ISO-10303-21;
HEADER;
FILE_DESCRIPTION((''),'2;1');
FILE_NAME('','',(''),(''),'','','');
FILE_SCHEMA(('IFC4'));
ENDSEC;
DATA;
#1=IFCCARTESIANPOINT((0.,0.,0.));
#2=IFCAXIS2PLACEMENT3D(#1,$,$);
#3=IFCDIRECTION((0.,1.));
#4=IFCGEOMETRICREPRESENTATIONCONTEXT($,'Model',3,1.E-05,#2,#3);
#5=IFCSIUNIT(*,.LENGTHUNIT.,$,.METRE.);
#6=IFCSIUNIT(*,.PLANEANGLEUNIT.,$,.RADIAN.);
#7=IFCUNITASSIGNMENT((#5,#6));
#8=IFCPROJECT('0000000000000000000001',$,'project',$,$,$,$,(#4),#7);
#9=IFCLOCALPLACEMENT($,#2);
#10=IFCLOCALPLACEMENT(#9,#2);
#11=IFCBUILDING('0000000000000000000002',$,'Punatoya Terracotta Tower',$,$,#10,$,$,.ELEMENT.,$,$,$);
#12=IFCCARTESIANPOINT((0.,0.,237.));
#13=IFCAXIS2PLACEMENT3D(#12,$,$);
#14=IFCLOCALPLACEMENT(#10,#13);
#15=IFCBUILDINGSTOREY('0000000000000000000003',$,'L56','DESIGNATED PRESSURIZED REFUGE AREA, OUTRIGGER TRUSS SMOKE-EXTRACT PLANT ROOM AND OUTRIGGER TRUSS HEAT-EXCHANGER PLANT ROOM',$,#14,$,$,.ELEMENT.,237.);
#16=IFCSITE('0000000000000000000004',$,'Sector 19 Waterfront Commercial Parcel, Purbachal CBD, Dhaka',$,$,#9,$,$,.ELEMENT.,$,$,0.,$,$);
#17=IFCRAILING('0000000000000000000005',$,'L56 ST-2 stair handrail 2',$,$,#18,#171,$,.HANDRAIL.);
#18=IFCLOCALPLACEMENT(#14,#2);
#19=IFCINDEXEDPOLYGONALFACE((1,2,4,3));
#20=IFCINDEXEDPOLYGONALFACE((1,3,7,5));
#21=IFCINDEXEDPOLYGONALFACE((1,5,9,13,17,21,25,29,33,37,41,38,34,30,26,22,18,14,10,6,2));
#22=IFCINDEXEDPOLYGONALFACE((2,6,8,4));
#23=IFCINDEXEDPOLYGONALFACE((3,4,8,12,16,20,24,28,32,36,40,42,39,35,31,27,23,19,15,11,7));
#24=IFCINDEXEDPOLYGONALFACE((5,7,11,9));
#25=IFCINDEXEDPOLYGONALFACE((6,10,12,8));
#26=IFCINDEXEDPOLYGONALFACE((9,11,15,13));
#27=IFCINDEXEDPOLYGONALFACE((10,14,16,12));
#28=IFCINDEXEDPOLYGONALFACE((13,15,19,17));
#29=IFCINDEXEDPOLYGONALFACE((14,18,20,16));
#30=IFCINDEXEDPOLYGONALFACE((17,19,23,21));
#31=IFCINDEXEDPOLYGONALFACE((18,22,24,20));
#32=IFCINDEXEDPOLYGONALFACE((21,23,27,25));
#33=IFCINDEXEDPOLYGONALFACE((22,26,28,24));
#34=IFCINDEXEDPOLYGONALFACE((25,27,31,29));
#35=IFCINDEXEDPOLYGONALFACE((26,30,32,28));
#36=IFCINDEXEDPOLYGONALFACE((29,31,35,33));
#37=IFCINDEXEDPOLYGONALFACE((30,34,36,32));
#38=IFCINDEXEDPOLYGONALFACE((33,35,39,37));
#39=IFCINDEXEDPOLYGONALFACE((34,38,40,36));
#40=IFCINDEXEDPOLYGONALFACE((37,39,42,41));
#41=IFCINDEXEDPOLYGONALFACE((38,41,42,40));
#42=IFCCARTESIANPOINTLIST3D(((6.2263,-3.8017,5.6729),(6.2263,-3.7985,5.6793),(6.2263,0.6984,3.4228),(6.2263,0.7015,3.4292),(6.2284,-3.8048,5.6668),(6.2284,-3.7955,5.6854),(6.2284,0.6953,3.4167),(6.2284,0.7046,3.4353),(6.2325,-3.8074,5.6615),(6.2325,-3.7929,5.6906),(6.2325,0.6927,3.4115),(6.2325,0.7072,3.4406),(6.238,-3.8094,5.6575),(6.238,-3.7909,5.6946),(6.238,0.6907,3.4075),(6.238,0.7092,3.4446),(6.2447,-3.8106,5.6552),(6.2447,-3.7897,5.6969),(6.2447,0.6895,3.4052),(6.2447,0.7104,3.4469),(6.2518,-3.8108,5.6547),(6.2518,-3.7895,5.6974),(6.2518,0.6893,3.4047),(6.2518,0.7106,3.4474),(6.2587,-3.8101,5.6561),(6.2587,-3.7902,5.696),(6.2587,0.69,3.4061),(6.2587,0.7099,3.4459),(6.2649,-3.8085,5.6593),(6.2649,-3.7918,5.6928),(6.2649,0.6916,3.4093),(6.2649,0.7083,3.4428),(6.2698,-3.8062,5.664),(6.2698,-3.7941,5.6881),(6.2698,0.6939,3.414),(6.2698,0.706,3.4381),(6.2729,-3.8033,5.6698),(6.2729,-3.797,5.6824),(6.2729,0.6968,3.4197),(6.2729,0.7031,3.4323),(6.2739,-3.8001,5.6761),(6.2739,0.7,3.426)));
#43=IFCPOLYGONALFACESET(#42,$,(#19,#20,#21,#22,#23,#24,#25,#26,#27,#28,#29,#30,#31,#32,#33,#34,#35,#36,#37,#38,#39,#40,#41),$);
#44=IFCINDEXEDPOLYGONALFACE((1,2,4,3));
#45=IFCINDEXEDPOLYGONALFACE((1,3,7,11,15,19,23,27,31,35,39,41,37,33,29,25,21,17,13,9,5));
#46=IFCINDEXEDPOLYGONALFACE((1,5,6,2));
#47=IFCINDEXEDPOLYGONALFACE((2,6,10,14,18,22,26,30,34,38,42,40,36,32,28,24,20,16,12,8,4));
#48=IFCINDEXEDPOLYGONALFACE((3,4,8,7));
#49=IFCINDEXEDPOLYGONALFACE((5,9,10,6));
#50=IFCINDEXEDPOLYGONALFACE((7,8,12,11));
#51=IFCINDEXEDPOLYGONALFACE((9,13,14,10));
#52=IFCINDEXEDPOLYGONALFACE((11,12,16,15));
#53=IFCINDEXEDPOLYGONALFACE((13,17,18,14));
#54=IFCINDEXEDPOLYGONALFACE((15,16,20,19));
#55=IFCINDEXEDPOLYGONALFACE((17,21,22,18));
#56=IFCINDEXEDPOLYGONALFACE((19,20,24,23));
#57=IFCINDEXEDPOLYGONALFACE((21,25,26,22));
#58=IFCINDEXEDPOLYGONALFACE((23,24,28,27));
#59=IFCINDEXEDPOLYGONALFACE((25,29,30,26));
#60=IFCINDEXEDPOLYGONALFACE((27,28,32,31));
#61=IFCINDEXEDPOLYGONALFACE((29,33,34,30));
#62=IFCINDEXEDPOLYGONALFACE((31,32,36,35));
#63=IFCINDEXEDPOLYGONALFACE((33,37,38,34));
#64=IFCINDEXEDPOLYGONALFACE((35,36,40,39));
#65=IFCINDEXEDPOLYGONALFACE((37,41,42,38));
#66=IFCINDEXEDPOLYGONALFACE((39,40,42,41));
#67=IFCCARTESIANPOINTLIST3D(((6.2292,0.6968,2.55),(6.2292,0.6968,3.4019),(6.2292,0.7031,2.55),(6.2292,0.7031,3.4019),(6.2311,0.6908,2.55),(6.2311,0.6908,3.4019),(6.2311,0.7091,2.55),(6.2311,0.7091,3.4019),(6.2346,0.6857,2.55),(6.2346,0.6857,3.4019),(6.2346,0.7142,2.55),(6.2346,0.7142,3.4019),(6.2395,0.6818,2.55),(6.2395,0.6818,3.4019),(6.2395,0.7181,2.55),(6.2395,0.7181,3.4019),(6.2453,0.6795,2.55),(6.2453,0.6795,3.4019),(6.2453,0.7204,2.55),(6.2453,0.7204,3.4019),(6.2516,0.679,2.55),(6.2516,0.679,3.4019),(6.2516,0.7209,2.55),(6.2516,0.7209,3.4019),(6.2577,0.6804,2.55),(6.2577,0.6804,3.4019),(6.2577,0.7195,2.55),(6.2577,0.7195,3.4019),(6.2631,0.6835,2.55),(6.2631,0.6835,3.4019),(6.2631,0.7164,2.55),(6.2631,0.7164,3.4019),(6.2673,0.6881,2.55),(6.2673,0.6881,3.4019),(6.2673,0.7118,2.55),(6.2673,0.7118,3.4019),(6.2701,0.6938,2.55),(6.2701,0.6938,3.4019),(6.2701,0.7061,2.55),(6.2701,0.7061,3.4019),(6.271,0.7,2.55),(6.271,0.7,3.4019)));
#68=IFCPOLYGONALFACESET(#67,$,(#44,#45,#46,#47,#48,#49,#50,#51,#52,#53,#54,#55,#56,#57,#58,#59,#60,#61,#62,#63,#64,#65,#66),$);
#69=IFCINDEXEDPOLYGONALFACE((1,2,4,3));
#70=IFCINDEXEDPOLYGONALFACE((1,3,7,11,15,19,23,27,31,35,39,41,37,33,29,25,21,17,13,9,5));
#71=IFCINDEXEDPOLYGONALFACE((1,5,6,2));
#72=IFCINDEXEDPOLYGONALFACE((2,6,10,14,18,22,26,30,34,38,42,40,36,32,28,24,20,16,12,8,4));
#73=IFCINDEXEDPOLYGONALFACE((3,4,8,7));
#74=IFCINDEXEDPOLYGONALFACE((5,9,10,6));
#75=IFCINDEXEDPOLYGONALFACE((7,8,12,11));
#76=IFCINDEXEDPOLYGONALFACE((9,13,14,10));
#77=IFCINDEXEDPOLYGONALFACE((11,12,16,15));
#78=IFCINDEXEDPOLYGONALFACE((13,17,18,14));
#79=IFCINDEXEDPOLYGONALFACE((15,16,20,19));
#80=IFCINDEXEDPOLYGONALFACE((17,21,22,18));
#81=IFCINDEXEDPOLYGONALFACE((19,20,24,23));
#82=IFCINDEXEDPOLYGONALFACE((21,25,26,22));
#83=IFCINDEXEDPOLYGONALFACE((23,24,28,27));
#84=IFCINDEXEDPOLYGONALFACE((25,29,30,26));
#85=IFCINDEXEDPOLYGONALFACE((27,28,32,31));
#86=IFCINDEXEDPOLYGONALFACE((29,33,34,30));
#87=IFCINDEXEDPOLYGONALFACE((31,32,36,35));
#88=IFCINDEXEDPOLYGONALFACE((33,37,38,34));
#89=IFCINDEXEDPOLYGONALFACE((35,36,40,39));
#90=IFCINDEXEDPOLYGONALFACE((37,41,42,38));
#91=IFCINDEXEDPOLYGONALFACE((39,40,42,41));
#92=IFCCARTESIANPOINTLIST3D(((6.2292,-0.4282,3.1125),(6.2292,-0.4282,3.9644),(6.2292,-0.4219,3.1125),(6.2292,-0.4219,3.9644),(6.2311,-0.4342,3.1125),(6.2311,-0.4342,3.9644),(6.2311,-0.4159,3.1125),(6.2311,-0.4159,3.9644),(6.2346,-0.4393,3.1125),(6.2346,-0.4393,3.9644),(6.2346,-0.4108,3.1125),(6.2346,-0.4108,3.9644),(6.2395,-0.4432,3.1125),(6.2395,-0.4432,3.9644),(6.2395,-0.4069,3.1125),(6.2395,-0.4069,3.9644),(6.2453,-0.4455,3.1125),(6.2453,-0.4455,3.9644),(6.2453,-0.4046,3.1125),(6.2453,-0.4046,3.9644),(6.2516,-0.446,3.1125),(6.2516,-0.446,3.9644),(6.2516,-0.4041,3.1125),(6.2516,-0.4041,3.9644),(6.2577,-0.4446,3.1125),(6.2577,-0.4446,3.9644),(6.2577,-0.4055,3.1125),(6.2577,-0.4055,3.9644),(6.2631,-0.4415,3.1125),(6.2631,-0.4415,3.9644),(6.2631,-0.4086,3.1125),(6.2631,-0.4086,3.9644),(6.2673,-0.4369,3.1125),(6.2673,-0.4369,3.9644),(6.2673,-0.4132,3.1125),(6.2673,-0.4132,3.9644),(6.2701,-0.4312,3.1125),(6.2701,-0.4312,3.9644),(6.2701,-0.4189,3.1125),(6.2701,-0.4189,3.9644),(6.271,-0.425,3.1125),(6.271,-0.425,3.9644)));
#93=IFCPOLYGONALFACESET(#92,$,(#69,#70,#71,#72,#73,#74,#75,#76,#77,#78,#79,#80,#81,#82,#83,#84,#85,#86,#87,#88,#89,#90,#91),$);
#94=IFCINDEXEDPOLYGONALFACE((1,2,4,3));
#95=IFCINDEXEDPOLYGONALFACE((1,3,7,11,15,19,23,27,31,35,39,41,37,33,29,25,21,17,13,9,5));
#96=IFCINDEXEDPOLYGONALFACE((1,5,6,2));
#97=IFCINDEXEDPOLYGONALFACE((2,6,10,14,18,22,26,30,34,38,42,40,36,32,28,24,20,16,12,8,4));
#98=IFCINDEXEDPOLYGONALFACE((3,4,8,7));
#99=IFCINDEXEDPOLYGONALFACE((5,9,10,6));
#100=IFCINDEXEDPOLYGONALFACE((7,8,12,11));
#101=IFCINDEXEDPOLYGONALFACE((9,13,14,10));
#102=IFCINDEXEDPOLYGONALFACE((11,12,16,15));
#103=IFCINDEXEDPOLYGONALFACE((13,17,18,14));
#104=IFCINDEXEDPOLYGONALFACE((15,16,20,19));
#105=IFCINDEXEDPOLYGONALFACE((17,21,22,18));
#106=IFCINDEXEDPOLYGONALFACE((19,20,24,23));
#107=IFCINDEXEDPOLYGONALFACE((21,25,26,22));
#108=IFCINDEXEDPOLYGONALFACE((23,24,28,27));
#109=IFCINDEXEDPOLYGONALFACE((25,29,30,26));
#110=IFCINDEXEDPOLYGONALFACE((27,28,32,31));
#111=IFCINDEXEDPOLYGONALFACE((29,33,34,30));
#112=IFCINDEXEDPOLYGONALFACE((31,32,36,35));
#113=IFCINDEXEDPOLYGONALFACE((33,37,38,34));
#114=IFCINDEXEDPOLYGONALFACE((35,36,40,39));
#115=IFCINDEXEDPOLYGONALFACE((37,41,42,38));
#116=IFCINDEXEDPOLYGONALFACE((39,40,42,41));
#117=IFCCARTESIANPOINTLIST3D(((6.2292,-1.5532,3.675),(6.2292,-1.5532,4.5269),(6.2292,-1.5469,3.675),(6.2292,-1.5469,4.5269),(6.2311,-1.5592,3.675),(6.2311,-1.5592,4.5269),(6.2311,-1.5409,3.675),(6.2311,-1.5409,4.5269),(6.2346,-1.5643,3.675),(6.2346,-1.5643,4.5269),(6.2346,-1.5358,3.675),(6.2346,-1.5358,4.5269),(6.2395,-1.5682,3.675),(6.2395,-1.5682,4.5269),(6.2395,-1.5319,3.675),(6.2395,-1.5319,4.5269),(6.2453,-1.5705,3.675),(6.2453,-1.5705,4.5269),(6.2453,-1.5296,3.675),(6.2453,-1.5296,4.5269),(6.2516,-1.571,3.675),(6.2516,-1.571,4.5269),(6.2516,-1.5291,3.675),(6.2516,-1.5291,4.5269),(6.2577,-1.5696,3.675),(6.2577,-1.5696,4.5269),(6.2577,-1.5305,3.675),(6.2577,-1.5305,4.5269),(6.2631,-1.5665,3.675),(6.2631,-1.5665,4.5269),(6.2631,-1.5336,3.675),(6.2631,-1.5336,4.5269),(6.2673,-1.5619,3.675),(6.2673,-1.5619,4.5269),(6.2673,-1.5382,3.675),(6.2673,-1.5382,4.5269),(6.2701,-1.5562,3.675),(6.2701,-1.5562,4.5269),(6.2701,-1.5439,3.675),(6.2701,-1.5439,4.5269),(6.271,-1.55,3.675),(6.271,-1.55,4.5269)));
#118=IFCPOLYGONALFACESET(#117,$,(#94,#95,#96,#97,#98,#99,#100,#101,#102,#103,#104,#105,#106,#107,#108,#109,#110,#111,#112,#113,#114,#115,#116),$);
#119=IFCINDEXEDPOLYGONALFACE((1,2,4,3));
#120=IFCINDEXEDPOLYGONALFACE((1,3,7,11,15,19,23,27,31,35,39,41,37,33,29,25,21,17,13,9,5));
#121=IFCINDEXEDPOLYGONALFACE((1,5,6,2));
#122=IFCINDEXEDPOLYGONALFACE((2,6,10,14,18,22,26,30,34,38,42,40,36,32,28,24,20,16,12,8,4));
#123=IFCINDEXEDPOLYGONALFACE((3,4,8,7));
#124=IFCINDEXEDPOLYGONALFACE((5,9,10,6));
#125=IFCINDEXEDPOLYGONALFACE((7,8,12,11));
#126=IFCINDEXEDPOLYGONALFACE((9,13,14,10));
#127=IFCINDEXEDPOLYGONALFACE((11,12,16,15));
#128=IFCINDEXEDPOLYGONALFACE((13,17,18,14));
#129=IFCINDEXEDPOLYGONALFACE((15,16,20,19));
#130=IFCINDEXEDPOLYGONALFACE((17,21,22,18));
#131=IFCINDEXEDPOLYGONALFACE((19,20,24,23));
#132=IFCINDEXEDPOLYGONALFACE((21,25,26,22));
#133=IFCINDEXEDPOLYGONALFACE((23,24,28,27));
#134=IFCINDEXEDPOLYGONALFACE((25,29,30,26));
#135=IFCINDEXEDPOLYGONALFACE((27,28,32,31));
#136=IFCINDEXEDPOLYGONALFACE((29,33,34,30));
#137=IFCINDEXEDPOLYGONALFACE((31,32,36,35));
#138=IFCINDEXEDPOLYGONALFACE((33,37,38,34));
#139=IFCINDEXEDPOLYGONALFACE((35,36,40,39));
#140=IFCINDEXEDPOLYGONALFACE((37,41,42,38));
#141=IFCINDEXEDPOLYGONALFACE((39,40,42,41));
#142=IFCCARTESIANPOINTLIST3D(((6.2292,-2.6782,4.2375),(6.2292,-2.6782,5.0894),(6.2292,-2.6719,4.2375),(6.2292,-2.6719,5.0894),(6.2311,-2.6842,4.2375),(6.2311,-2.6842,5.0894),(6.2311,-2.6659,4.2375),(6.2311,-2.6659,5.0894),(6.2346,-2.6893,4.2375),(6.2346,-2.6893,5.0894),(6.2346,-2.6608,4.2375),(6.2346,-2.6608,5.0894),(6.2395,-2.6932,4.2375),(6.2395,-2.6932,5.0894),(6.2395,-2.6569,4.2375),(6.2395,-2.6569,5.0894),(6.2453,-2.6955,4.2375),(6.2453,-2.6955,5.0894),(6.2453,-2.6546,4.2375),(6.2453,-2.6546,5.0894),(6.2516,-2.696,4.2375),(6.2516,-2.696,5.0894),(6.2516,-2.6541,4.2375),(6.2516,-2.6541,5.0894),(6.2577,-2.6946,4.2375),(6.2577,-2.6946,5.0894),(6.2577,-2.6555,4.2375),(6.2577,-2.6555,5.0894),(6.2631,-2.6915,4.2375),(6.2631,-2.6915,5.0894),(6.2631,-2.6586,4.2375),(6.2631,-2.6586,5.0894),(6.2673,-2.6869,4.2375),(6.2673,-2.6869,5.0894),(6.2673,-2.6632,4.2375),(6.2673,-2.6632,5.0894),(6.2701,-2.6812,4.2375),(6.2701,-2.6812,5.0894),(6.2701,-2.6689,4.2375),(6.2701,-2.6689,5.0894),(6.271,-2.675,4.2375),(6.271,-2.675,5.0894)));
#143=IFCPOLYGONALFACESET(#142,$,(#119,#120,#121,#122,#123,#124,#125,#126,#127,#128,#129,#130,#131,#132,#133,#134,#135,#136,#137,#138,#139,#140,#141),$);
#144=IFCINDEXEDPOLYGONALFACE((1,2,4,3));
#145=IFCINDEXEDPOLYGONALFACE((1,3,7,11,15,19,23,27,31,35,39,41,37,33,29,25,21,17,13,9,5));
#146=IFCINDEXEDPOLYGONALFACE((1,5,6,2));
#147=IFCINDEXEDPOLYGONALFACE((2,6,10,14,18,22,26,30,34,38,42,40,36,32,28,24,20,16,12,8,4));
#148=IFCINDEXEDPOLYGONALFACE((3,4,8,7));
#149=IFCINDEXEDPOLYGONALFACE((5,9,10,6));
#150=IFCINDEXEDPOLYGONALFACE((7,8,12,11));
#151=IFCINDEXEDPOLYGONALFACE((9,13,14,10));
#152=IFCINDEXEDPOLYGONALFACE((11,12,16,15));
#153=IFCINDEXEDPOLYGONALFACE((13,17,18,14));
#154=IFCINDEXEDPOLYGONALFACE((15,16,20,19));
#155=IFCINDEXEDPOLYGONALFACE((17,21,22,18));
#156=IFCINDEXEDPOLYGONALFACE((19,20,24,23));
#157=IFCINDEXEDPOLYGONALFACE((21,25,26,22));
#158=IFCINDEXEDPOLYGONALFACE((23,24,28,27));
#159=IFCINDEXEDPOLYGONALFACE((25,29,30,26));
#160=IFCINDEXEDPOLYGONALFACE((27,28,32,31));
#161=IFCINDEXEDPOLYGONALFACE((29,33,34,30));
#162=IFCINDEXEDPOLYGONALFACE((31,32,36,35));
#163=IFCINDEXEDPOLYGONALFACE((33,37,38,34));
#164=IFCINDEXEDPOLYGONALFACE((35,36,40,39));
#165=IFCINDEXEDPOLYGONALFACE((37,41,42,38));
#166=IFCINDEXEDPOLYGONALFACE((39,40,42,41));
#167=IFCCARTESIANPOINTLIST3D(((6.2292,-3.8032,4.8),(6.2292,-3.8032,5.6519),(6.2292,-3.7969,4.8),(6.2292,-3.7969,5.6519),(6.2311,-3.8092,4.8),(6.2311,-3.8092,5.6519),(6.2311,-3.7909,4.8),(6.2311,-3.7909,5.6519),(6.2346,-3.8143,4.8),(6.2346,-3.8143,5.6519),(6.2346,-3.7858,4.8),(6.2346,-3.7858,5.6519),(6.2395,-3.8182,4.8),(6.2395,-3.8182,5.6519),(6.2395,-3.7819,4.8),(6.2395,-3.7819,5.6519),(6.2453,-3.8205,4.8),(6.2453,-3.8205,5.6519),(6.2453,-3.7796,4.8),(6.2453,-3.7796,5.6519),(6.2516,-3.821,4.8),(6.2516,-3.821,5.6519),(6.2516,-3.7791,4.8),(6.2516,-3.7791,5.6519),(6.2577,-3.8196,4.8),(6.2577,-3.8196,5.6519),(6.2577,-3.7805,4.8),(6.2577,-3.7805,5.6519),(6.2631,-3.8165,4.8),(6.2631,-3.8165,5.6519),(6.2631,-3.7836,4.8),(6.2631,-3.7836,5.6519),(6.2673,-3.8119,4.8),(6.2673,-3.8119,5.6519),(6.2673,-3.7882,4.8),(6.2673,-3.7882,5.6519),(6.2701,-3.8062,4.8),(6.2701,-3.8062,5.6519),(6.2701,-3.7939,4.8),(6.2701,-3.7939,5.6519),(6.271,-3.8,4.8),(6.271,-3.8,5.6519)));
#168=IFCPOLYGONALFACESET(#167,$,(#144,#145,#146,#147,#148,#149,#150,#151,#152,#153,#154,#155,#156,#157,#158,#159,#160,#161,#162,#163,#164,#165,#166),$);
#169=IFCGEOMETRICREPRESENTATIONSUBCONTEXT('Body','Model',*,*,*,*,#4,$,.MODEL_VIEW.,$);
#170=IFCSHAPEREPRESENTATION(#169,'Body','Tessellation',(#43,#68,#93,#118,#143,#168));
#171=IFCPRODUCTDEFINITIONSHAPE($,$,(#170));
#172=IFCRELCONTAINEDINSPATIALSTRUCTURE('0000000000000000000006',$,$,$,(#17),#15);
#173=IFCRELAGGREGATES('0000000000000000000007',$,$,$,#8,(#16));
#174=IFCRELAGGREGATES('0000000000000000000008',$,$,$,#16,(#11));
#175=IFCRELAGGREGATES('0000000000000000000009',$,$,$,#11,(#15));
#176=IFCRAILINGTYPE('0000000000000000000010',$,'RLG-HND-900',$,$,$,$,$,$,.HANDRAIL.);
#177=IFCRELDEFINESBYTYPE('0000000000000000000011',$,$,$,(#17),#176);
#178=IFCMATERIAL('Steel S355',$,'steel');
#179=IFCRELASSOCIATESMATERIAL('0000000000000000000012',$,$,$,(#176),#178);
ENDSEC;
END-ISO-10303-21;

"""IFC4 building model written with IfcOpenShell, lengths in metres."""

from ifc_helpers import new_model, si_unit, direction, frame, origin, origin_2d, place, context, subcontext, project, spatial, circle, extrude, material, type_object, element, save


model = new_model("IFC4")

# Units and contexts
model_context = context("Model", 3, precision=1e-05, world=origin(), true_north=direction((0.0, 1.0)))
body_context = subcontext(model_context, "Body", "Model", "MODEL_VIEW")
ifc_project = project(units=[si_unit("LENGTHUNIT", "METRE"), si_unit("PLANEANGLEUNIT", "RADIAN")], contexts=[model_context])

# Site, building, storey
site_placement = place(None, origin())
site = spatial("IfcSite", under=ifc_project, at=site_placement, Name="Sector 19 Waterfront Commercial Parcel, Purbachal CBD, Dhaka", CompositionType="ELEMENT", RefElevation=0.0)
building_placement = place(site_placement, origin())
building = spatial("IfcBuilding", under=site, at=building_placement, Name="Punatoya Terracotta Tower", CompositionType="ELEMENT")
storey_placement = place(building_placement, frame((0.0, 0.0, 237.0)))
storey = spatial("IfcBuildingStorey", under=building, at=storey_placement, Name="L56", Description="DESIGNATED PRESSURIZED REFUGE AREA, OUTRIGGER TRUSS SMOKE-EXTRACT PLANT ROOM AND OUTRIGGER TRUSS HEAT-EXCHANGER PLANT ROOM", CompositionType="ELEMENT", Elevation=237.0)

# Shared definitions
ifc_material_1 = material(Name="Steel S355", Category="steel")

# Railing
railing_type_1 = type_object("IfcRailingType", Name="RLG-HND-900", PredefinedType="HANDRAIL", material=ifc_material_1)
railing_1_placement = place(storey_placement, frame((6.25, 0.7, 2.55)))
element("IfcRailing", 1, at=railing_1_placement, inside=storey, type_object=railing_type_1, Name="L56 ST-2 stair handrail 2", PredefinedType="HANDRAIL", context=body_context, shape_type="SweptSolid", body=[
    extrude(circle(Radius=0.0239, at=origin_2d()), frame((0.0, 0.0, 0.876), z_axis=(0.0, -0.894427, 0.447214), x_axis=(1.0, 0.0, 0.0)), (0.0, 0.0, 1.0), 5.0312),
    extrude(circle(Radius=0.021, at=origin_2d()), origin(), (0.0, 0.0, 1.0), 0.8518),
    extrude(circle(Radius=0.021, at=origin_2d()), frame((0.0, -1.125, 0.5625)), (0.0, 0.0, 1.0), 0.8518),
    extrude(circle(Radius=0.021, at=origin_2d()), frame((0.0, -2.25, 1.125)), (0.0, 0.0, 1.0), 0.8518),
    extrude(circle(Radius=0.021, at=origin_2d()), frame((0.0, -3.375, 1.6875)), (0.0, 0.0, 1.0), 0.8518),
    extrude(circle(Radius=0.021, at=origin_2d()), frame((0.0, -4.5, 2.25)), (0.0, 0.0, 1.0), 0.8518),
])

save(model, "model.ifc")
